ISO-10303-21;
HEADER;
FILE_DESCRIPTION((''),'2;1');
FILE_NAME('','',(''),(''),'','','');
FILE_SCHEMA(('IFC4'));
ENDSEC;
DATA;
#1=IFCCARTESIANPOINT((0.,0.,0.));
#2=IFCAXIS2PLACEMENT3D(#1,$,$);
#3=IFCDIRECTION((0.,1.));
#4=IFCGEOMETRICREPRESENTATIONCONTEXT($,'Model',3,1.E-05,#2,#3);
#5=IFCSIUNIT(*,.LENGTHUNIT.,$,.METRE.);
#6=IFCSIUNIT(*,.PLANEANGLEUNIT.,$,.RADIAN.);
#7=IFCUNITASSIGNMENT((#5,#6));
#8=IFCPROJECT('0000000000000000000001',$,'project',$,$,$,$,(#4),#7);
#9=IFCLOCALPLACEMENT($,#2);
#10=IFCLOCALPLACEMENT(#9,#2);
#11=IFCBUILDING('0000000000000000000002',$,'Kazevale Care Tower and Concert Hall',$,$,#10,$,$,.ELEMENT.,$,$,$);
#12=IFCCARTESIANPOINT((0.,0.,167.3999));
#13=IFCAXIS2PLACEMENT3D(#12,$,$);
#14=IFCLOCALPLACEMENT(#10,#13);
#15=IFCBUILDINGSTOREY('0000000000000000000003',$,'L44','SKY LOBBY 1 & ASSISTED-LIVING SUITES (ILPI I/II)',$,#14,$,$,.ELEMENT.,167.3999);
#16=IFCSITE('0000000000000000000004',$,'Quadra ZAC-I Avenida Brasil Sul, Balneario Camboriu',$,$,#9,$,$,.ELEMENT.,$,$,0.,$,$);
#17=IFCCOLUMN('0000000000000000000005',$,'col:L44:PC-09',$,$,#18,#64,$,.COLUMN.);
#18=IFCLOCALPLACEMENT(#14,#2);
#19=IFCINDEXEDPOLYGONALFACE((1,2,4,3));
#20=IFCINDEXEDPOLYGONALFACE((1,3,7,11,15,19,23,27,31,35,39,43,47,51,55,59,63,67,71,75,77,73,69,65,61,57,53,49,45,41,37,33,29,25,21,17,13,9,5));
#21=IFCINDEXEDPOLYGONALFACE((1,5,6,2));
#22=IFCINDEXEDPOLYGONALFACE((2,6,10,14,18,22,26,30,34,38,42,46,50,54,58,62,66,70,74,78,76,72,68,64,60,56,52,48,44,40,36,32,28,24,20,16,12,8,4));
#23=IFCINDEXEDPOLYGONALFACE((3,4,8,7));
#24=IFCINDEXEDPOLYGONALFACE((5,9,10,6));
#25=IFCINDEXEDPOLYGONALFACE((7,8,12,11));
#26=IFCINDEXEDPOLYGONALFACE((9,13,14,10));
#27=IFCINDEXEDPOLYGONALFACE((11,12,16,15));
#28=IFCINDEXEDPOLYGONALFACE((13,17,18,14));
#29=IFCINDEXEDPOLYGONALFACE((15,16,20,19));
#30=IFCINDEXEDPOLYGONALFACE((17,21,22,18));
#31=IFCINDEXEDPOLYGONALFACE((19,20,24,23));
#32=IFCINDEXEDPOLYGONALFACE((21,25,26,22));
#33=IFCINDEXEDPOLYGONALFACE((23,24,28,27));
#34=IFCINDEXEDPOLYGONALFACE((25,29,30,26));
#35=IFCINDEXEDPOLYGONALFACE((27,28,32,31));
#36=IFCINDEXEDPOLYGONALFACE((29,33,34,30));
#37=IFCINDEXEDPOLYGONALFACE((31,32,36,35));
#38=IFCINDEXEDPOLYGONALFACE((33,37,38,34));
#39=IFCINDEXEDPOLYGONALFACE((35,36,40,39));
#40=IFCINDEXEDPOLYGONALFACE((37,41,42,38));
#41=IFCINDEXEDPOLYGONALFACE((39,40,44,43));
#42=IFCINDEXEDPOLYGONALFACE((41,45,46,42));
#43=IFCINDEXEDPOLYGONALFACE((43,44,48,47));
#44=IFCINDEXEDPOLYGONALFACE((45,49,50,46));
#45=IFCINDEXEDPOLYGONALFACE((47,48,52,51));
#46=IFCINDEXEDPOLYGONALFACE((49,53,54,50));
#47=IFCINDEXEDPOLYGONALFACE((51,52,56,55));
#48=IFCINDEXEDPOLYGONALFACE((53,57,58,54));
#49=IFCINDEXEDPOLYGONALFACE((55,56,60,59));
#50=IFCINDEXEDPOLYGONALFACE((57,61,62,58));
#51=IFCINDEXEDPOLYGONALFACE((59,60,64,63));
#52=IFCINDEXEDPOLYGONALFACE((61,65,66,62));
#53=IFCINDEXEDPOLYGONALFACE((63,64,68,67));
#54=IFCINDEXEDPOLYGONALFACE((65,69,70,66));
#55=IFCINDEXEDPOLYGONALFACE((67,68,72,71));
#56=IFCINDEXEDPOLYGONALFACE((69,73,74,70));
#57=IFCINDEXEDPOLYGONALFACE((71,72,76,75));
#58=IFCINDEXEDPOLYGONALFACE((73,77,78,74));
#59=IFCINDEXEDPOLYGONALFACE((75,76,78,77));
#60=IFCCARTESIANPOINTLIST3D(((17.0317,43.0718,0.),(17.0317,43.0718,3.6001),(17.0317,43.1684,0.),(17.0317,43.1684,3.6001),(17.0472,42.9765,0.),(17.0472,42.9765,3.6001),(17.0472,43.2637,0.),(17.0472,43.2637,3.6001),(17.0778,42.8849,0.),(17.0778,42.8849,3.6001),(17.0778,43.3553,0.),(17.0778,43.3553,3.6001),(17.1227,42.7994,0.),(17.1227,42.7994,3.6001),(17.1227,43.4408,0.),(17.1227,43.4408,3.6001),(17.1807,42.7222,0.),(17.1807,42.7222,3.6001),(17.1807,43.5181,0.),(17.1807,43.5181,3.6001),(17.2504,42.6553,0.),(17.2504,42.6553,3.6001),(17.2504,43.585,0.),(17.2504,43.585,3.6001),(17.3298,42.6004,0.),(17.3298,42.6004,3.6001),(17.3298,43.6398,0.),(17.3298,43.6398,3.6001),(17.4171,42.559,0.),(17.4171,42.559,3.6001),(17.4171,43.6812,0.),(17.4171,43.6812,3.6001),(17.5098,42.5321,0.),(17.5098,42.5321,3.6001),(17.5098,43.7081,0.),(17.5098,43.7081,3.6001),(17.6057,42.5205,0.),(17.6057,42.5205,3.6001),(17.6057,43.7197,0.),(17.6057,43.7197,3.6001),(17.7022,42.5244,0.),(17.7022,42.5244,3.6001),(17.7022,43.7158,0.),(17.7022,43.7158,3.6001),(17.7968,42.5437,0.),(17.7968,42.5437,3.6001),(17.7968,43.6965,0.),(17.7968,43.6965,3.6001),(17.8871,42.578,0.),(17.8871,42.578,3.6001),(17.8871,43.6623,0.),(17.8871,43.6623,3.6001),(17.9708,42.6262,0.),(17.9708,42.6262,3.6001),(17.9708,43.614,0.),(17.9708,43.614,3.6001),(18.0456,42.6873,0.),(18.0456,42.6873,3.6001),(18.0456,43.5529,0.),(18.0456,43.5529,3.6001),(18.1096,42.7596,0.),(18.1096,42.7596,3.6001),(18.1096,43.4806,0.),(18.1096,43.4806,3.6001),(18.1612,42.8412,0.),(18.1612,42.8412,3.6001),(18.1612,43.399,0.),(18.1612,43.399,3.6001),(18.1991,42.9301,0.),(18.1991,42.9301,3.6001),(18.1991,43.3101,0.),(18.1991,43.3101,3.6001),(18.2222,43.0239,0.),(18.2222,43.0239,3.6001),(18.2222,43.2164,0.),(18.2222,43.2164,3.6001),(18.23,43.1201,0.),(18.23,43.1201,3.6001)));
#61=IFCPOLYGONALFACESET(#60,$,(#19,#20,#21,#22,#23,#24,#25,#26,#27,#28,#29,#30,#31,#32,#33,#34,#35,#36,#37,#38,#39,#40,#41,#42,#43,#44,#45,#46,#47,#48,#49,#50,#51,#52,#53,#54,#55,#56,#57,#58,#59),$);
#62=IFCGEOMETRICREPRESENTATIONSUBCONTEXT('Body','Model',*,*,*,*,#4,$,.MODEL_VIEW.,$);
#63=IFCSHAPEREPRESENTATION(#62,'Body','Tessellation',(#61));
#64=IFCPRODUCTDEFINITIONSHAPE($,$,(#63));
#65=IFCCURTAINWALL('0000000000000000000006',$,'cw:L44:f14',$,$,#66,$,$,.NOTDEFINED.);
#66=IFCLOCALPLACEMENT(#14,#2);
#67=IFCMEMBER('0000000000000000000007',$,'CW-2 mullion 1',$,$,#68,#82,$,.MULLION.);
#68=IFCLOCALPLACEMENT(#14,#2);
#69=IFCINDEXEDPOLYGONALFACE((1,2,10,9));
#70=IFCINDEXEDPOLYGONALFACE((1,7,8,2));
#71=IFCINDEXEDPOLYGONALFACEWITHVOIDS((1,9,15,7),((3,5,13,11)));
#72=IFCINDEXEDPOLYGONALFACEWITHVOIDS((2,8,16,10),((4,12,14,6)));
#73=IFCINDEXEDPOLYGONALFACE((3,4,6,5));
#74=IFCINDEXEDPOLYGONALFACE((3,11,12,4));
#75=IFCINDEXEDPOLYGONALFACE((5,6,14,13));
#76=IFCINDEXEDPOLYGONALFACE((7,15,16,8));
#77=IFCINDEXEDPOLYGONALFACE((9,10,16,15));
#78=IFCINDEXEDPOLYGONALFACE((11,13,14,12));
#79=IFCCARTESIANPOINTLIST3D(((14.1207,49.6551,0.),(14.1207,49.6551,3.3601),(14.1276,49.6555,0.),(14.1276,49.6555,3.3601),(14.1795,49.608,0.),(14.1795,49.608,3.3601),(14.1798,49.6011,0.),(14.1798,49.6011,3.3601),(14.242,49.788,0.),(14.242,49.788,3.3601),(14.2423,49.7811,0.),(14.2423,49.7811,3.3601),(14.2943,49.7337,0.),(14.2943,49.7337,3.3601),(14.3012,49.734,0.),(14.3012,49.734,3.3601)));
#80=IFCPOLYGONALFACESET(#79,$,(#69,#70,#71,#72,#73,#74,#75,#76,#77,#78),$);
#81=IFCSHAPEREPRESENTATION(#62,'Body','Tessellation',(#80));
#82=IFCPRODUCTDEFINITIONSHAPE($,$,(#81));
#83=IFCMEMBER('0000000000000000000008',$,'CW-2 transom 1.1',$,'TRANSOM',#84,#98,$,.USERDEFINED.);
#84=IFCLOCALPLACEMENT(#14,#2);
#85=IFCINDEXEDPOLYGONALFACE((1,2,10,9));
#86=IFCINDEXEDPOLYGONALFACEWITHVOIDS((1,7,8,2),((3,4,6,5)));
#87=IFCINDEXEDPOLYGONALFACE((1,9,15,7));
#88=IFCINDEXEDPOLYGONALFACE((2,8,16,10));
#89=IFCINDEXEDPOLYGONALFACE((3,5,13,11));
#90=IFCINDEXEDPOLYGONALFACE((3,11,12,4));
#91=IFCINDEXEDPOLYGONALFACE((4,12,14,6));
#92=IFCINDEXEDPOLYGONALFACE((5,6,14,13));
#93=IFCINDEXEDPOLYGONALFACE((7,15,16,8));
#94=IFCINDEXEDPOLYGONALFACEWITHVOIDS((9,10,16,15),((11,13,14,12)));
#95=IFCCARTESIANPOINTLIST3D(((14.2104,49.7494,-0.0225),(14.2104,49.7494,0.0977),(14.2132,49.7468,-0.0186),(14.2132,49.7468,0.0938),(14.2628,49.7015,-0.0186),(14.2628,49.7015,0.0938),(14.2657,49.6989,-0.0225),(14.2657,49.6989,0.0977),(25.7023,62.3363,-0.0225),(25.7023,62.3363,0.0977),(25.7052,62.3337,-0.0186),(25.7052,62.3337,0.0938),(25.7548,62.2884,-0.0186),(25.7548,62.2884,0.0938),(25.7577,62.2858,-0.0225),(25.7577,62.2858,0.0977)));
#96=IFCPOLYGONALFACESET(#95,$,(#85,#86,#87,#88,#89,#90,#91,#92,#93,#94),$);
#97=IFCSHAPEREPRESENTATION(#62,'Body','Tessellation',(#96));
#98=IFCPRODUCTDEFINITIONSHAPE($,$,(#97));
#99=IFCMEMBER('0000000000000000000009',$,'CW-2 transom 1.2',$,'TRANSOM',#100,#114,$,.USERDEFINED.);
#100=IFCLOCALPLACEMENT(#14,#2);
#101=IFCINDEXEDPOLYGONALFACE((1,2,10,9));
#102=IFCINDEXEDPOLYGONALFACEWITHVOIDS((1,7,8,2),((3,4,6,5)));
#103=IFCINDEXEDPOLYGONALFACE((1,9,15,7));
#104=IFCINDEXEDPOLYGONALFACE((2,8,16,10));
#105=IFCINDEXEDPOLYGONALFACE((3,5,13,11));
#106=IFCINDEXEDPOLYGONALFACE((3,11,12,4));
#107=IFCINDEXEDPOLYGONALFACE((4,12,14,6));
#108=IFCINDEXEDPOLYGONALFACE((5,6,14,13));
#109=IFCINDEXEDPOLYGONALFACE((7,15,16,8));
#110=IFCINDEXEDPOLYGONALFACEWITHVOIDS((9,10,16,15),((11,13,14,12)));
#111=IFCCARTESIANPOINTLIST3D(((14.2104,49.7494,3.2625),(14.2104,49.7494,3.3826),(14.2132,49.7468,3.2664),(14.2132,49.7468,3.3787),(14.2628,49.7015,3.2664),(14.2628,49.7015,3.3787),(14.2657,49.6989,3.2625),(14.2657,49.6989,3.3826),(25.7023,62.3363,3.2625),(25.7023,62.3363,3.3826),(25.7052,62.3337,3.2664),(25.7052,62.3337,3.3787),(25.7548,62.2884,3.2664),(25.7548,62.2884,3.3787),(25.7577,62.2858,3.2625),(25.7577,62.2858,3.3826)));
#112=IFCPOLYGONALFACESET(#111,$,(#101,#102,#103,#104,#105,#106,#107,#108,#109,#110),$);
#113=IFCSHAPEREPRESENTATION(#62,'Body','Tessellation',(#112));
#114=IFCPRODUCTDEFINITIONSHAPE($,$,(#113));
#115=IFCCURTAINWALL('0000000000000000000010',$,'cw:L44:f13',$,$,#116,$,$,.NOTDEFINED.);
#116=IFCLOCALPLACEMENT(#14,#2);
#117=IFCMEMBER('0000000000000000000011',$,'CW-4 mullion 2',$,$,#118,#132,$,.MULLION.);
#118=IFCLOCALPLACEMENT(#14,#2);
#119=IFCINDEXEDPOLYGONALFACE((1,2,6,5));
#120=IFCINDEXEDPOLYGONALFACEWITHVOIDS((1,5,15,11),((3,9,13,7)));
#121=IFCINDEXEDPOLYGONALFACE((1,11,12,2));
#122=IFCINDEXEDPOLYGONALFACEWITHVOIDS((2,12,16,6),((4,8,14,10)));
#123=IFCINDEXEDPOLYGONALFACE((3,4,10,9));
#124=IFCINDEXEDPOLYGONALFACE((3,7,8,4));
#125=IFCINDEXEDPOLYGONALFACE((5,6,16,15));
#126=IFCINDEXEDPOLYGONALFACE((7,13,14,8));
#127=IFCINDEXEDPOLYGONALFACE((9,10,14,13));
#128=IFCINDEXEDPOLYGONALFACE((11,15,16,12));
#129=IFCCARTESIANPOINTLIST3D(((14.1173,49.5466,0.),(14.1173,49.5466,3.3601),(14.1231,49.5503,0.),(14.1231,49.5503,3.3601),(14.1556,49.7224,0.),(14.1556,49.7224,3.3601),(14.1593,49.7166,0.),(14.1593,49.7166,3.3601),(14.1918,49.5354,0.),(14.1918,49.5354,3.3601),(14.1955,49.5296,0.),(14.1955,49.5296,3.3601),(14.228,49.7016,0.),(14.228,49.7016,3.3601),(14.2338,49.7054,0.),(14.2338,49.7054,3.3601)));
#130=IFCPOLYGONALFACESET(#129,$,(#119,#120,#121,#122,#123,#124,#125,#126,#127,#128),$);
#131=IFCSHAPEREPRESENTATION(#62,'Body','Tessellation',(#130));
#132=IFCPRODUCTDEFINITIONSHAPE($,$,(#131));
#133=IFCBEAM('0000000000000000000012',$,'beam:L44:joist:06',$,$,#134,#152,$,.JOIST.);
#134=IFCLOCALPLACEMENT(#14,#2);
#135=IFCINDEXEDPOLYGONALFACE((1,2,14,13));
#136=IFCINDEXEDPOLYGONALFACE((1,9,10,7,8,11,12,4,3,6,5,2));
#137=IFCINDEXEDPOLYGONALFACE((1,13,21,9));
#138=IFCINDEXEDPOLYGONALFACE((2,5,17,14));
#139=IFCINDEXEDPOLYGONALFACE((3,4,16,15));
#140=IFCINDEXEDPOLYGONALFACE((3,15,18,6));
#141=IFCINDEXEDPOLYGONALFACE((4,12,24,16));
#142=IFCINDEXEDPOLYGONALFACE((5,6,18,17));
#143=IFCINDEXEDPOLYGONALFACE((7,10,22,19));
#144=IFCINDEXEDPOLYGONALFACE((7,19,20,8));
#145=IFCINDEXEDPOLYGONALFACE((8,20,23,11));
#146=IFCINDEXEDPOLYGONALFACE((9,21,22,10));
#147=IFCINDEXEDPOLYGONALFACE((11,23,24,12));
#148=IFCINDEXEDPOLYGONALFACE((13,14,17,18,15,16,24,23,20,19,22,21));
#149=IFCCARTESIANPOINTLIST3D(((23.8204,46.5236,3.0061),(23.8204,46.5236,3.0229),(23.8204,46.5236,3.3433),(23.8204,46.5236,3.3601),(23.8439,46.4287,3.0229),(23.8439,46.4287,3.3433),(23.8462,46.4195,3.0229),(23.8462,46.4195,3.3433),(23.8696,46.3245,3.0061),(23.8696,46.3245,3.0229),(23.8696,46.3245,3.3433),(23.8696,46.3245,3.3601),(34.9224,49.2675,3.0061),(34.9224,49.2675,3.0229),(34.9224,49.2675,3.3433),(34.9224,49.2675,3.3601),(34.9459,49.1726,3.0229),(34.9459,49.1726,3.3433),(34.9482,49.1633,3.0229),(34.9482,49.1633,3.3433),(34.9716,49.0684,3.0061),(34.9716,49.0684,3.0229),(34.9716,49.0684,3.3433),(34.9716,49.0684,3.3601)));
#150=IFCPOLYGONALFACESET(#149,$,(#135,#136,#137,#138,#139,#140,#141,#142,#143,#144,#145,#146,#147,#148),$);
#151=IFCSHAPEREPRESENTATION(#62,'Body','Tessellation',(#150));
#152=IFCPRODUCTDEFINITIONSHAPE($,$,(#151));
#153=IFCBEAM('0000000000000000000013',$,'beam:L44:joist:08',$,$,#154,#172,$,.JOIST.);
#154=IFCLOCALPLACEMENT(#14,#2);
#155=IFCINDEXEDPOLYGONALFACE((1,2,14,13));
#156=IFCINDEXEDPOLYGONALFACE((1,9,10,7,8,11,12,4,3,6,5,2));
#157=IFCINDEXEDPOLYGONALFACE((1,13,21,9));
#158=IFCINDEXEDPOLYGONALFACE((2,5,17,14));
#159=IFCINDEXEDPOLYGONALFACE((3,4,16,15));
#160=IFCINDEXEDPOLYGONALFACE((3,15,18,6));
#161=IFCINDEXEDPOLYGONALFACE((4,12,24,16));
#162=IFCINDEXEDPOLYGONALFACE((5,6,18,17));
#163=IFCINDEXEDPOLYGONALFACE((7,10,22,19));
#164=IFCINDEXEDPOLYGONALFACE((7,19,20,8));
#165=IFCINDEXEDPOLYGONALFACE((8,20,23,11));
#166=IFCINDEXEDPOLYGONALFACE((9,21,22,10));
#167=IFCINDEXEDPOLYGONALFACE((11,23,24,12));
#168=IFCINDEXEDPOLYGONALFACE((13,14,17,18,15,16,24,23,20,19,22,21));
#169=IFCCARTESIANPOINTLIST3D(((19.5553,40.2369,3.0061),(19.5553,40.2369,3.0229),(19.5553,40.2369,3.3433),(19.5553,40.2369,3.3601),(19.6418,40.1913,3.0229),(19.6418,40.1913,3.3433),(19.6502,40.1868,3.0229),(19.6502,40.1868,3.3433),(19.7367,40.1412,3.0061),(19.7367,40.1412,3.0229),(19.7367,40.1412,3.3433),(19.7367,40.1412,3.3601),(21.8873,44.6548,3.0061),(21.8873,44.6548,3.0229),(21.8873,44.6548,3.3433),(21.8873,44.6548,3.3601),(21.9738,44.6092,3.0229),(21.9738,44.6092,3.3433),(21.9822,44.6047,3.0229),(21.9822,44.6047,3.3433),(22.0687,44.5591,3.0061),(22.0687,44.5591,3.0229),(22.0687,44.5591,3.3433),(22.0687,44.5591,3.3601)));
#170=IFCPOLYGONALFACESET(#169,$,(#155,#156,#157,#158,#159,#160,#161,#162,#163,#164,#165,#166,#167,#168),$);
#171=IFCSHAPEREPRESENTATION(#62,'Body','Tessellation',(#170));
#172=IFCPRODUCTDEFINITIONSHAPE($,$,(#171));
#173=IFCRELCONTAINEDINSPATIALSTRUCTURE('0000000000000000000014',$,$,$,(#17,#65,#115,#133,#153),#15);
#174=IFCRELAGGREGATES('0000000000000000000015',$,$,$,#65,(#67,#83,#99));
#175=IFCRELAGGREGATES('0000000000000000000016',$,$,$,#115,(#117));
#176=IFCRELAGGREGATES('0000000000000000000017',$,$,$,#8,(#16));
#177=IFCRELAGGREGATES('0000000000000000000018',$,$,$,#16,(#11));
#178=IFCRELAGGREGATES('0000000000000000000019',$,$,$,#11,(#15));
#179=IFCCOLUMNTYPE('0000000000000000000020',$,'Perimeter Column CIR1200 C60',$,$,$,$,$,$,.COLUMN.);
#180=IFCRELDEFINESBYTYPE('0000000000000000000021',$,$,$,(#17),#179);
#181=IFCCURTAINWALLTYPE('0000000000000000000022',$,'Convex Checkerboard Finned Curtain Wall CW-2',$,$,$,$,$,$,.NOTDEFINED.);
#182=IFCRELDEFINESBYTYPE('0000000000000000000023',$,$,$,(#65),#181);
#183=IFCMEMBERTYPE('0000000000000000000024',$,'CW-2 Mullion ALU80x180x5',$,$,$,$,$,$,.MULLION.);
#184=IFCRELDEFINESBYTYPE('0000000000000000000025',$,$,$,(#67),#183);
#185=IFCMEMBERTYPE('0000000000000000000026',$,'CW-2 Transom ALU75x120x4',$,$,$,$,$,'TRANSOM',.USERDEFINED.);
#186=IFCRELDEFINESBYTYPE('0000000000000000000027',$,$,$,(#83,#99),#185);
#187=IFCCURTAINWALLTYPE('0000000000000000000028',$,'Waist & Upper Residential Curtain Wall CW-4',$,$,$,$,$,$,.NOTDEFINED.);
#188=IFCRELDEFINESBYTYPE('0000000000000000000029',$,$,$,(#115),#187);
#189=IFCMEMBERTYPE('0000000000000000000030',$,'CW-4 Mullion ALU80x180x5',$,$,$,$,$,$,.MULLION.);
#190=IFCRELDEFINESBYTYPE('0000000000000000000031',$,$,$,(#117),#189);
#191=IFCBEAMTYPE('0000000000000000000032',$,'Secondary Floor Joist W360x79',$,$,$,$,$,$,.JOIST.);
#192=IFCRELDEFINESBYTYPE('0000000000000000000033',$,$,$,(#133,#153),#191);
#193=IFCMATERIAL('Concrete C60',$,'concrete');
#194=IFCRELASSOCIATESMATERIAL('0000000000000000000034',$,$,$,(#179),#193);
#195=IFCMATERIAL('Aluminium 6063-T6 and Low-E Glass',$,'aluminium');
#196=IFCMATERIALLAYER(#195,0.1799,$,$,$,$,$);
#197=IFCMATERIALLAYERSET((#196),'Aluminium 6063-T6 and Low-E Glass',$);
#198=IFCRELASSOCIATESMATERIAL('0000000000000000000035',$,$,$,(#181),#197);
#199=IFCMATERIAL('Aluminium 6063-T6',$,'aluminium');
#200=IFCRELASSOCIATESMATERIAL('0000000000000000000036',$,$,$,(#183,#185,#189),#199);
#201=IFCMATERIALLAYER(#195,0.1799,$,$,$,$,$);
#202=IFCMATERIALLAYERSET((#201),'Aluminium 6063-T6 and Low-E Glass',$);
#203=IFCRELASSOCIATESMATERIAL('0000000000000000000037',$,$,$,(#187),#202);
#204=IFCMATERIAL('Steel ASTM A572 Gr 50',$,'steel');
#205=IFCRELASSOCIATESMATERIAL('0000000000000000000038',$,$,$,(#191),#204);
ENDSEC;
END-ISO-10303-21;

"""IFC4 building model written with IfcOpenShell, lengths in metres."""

from ifc_helpers import new_model, si_unit, direction, frame, origin, origin_2d, place, context, subcontext, project, spatial, hollow_rectangle, circle, i_section, extrude, material, layer, layer_set, material_profile, profile_set, type_object, element, aggregate, save


model = new_model("IFC4")

# Units and contexts
model_context = context("Model", 3, precision=1e-05, world=origin(), true_north=direction((0.0, 1.0)))
body_context = subcontext(model_context, "Body", "Model", "MODEL_VIEW")
ifc_project = project(units=[si_unit("LENGTHUNIT", "METRE"), si_unit("PLANEANGLEUNIT", "RADIAN")], contexts=[model_context])

# Site, building, storey
site_placement = place(None, origin())
site = spatial("IfcSite", under=ifc_project, at=site_placement, Name="Quadra ZAC-I Avenida Brasil Sul, Balneario Camboriu", CompositionType="ELEMENT", RefElevation=0.0)
building_placement = place(site_placement, origin())
building = spatial("IfcBuilding", under=site, at=building_placement, Name="Kazevale Care Tower and Concert Hall", CompositionType="ELEMENT")
storey_placement = place(building_placement, frame((0.0, 0.0, 167.3999)))
storey = spatial("IfcBuildingStorey", under=building, at=storey_placement, Name="L44", Description="SKY LOBBY 1 & ASSISTED-LIVING SUITES (ILPI I/II)", CompositionType="ELEMENT", Elevation=167.3999)

# Column
ifc_material_1 = material(Name="Concrete C60", Category="concrete")
ifc_material_profile_1 = material_profile(ifc_material_1, circle(Radius=0.6001, at=origin_2d()), Name="RC-CIR1200")
ifc_profile_set_1 = profile_set([ifc_material_profile_1], Name="Concrete C60")
column_type = type_object("IfcColumnType", Name="Perimeter Column CIR1200 C60", PredefinedType="COLUMN", material=ifc_profile_set_1)
column_placement = place(storey_placement, frame((17.6299, 43.1201, 0.0), z_axis=(0.0, 0.0, 1.0), x_axis=(1.0, 0.0, 0.0)))
element("IfcColumn", 1, at=column_placement, inside=storey, type_object=column_type, Name="col:L44:PC-09", PredefinedType="COLUMN", context=body_context, shape_type="SweptSolid", body=[
    extrude(circle(Radius=0.6001, at=origin_2d()), origin(), (0.0, 0.0, 1.0), 3.6001),
])

# Curtain wall, members
ifc_material_2 = material(Name="Aluminium 6063-T6 and Low-E Glass", Category="aluminium")
ifc_layer_1 = layer(ifc_material_2, 0.1799)
ifc_layer_set_1 = layer_set([ifc_layer_1], Name="Aluminium 6063-T6 and Low-E Glass")
curtain_wall_type_1 = type_object("IfcCurtainWallType", Name="Convex Checkerboard Finned Curtain Wall CW-2", PredefinedType="NOTDEFINED", material=ifc_layer_set_1)
curtain_wall_1_placement = place(storey_placement, origin())
curtain_wall_1 = element("IfcCurtainWall", 2, at=curtain_wall_1_placement, inside=storey, type_object=curtain_wall_type_1, Name="cw:L44:f14", PredefinedType="NOTDEFINED")
ifc_material_3 = material(Name="Aluminium 6063-T6", Category="aluminium")
ifc_material_profile_2 = material_profile(ifc_material_3, hollow_rectangle(XDim=0.0801, YDim=0.1799, WallThickness=0.0049, at=origin_2d()), Name="ALU80x180x5")
ifc_profile_set_2 = profile_set([ifc_material_profile_2], Name="Aluminium 6063-T6")
member_type_1 = type_object("IfcMemberType", Name="CW-2 Mullion ALU80x180x5", PredefinedType="MULLION", material=ifc_profile_set_2)
member_1_placement = place(storey_placement, frame((14.2109, 49.6946, 0.0), z_axis=(0.0, 0.0, 1.0), x_axis=(-0.738492, 0.674262, 0.0)))
member_1 = element("IfcMember", 3, at=member_1_placement, type_object=member_type_1, Name="CW-2 mullion 1", PredefinedType="MULLION", context=body_context, shape_type="SweptSolid", body=[
    extrude(hollow_rectangle(XDim=0.0801, YDim=0.1799, WallThickness=0.0049, at=origin_2d()), origin(), (0.0, 0.0, 1.0), 3.3601),
])
ifc_material_profile_3 = material_profile(ifc_material_3, hollow_rectangle(XDim=0.075, YDim=0.1201, WallThickness=0.0039, at=origin_2d()), Name="ALU75x120x4")
ifc_profile_set_3 = profile_set([ifc_material_profile_3], Name="Aluminium 6063-T6")
member_type_2 = type_object("IfcMemberType", Name="CW-2 Transom ALU75x120x4", ElementType="TRANSOM", PredefinedType="USERDEFINED", material=ifc_profile_set_3)
member_2_placement = place(storey_placement, frame((14.238, 49.7241, 0.0376), z_axis=(0.674255, 0.738499, 0.0), x_axis=(-0.738499, 0.674255, 0.0)))
member_2 = element("IfcMember", 4, at=member_2_placement, type_object=member_type_2, Name="CW-2 transom 1.1", ObjectType="TRANSOM", PredefinedType="USERDEFINED", context=body_context, shape_type="SweptSolid", body=[
    extrude(hollow_rectangle(XDim=0.075, YDim=0.1201, WallThickness=0.0039, at=origin_2d()), origin(), (0.0, 0.0, 1.0), 17.0439),
])
member_3_placement = place(storey_placement, frame((14.238, 49.7241, 3.3225), z_axis=(0.674255, 0.738499, 0.0), x_axis=(-0.738499, 0.674255, 0.0)))
member_3 = element("IfcMember", 5, at=member_3_placement, type_object=member_type_2, Name="CW-2 transom 1.2", ObjectType="TRANSOM", PredefinedType="USERDEFINED", context=body_context, shape_type="SweptSolid", body=[
    extrude(hollow_rectangle(XDim=0.075, YDim=0.1201, WallThickness=0.0039, at=origin_2d()), origin(), (0.0, 0.0, 1.0), 17.0439),
])
aggregate(curtain_wall_1, [member_1, member_2, member_3])

# Curtain wall, member
ifc_layer_2 = layer(ifc_material_2, 0.1799)
ifc_layer_set_2 = layer_set([ifc_layer_2], Name="Aluminium 6063-T6 and Low-E Glass")
curtain_wall_type_2 = type_object("IfcCurtainWallType", Name="Waist & Upper Residential Curtain Wall CW-4", PredefinedType="NOTDEFINED", material=ifc_layer_set_2)
curtain_wall_2_placement = place(storey_placement, origin())
curtain_wall_2 = element("IfcCurtainWall", 6, at=curtain_wall_2_placement, inside=storey, type_object=curtain_wall_type_2, Name="cw:L44:f13", PredefinedType="NOTDEFINED")
ifc_material_profile_4 = material_profile(ifc_material_3, hollow_rectangle(XDim=0.0801, YDim=0.1799, WallThickness=0.0049, at=origin_2d()), Name="ALU80x180x5")
ifc_profile_set_4 = profile_set([ifc_material_profile_4], Name="Aluminium 6063-T6")
member_type_3 = type_object("IfcMemberType", Name="CW-4 Mullion ALU80x180x5", PredefinedType="MULLION", material=ifc_profile_set_4)
member_4_placement = place(storey_placement, frame((14.1755, 49.626, 0.0), z_axis=(0.0, 0.0, 1.0), x_axis=(-0.977091, 0.212823, 0.0)))
member_4 = element("IfcMember", 7, at=member_4_placement, type_object=member_type_3, Name="CW-4 mullion 2", PredefinedType="MULLION", context=body_context, shape_type="SweptSolid", body=[
    extrude(hollow_rectangle(XDim=0.0801, YDim=0.1799, WallThickness=0.0049, at=origin_2d()), origin(), (0.0, 0.0, 1.0), 3.3601),
])

# Beams
ifc_material_4 = material(Name="Steel ASTM A572 Gr 50", Category="steel")
ifc_material_profile_5 = material_profile(ifc_material_4, i_section(OverallWidth=0.2051, OverallDepth=0.354, WebThickness=0.0095, FlangeThickness=0.0168, at=origin_2d()), Name="W360x79")
ifc_profile_set_5 = profile_set([ifc_material_profile_5], Name="Steel ASTM A572 Gr 50")
beam_type_1 = type_object("IfcBeamType", Name="Secondary Floor Joist W360x79", PredefinedType="JOIST", material=ifc_profile_set_5)
beam_1_placement = place(storey_placement, frame((34.947, 49.168, 3.1831), z_axis=(-0.97079, -0.239933, 0.0), x_axis=(0.239933, -0.97079, 0.0)))
element("IfcBeam", 8, at=beam_1_placement, inside=storey, type_object=beam_type_1, Name="beam:L44:joist:06", PredefinedType="JOIST", context=body_context, shape_type="SweptSolid", body=[
    extrude(i_section(OverallWidth=0.2051, OverallDepth=0.354, WebThickness=0.0095, FlangeThickness=0.0168, at=origin_2d()), origin(), (0.0, 0.0, 1.0), 11.436),
])
beam_2_placement = place(storey_placement, frame((21.978, 44.6069, 3.1831), z_axis=(-0.46681, -0.884358, 0.0), x_axis=(0.884358, -0.46681, 0.0)))
element("IfcBeam", 9, at=beam_2_placement, inside=storey, type_object=beam_type_1, Name="beam:L44:joist:08", PredefinedType="JOIST", context=body_context, shape_type="SweptSolid", body=[
    extrude(i_section(OverallWidth=0.2051, OverallDepth=0.354, WebThickness=0.0095, FlangeThickness=0.0168, at=origin_2d()), origin(), (0.0, 0.0, 1.0), 4.9956),
])

aggregate(curtain_wall_2, [member_4])

save(model, "model.ifc")
